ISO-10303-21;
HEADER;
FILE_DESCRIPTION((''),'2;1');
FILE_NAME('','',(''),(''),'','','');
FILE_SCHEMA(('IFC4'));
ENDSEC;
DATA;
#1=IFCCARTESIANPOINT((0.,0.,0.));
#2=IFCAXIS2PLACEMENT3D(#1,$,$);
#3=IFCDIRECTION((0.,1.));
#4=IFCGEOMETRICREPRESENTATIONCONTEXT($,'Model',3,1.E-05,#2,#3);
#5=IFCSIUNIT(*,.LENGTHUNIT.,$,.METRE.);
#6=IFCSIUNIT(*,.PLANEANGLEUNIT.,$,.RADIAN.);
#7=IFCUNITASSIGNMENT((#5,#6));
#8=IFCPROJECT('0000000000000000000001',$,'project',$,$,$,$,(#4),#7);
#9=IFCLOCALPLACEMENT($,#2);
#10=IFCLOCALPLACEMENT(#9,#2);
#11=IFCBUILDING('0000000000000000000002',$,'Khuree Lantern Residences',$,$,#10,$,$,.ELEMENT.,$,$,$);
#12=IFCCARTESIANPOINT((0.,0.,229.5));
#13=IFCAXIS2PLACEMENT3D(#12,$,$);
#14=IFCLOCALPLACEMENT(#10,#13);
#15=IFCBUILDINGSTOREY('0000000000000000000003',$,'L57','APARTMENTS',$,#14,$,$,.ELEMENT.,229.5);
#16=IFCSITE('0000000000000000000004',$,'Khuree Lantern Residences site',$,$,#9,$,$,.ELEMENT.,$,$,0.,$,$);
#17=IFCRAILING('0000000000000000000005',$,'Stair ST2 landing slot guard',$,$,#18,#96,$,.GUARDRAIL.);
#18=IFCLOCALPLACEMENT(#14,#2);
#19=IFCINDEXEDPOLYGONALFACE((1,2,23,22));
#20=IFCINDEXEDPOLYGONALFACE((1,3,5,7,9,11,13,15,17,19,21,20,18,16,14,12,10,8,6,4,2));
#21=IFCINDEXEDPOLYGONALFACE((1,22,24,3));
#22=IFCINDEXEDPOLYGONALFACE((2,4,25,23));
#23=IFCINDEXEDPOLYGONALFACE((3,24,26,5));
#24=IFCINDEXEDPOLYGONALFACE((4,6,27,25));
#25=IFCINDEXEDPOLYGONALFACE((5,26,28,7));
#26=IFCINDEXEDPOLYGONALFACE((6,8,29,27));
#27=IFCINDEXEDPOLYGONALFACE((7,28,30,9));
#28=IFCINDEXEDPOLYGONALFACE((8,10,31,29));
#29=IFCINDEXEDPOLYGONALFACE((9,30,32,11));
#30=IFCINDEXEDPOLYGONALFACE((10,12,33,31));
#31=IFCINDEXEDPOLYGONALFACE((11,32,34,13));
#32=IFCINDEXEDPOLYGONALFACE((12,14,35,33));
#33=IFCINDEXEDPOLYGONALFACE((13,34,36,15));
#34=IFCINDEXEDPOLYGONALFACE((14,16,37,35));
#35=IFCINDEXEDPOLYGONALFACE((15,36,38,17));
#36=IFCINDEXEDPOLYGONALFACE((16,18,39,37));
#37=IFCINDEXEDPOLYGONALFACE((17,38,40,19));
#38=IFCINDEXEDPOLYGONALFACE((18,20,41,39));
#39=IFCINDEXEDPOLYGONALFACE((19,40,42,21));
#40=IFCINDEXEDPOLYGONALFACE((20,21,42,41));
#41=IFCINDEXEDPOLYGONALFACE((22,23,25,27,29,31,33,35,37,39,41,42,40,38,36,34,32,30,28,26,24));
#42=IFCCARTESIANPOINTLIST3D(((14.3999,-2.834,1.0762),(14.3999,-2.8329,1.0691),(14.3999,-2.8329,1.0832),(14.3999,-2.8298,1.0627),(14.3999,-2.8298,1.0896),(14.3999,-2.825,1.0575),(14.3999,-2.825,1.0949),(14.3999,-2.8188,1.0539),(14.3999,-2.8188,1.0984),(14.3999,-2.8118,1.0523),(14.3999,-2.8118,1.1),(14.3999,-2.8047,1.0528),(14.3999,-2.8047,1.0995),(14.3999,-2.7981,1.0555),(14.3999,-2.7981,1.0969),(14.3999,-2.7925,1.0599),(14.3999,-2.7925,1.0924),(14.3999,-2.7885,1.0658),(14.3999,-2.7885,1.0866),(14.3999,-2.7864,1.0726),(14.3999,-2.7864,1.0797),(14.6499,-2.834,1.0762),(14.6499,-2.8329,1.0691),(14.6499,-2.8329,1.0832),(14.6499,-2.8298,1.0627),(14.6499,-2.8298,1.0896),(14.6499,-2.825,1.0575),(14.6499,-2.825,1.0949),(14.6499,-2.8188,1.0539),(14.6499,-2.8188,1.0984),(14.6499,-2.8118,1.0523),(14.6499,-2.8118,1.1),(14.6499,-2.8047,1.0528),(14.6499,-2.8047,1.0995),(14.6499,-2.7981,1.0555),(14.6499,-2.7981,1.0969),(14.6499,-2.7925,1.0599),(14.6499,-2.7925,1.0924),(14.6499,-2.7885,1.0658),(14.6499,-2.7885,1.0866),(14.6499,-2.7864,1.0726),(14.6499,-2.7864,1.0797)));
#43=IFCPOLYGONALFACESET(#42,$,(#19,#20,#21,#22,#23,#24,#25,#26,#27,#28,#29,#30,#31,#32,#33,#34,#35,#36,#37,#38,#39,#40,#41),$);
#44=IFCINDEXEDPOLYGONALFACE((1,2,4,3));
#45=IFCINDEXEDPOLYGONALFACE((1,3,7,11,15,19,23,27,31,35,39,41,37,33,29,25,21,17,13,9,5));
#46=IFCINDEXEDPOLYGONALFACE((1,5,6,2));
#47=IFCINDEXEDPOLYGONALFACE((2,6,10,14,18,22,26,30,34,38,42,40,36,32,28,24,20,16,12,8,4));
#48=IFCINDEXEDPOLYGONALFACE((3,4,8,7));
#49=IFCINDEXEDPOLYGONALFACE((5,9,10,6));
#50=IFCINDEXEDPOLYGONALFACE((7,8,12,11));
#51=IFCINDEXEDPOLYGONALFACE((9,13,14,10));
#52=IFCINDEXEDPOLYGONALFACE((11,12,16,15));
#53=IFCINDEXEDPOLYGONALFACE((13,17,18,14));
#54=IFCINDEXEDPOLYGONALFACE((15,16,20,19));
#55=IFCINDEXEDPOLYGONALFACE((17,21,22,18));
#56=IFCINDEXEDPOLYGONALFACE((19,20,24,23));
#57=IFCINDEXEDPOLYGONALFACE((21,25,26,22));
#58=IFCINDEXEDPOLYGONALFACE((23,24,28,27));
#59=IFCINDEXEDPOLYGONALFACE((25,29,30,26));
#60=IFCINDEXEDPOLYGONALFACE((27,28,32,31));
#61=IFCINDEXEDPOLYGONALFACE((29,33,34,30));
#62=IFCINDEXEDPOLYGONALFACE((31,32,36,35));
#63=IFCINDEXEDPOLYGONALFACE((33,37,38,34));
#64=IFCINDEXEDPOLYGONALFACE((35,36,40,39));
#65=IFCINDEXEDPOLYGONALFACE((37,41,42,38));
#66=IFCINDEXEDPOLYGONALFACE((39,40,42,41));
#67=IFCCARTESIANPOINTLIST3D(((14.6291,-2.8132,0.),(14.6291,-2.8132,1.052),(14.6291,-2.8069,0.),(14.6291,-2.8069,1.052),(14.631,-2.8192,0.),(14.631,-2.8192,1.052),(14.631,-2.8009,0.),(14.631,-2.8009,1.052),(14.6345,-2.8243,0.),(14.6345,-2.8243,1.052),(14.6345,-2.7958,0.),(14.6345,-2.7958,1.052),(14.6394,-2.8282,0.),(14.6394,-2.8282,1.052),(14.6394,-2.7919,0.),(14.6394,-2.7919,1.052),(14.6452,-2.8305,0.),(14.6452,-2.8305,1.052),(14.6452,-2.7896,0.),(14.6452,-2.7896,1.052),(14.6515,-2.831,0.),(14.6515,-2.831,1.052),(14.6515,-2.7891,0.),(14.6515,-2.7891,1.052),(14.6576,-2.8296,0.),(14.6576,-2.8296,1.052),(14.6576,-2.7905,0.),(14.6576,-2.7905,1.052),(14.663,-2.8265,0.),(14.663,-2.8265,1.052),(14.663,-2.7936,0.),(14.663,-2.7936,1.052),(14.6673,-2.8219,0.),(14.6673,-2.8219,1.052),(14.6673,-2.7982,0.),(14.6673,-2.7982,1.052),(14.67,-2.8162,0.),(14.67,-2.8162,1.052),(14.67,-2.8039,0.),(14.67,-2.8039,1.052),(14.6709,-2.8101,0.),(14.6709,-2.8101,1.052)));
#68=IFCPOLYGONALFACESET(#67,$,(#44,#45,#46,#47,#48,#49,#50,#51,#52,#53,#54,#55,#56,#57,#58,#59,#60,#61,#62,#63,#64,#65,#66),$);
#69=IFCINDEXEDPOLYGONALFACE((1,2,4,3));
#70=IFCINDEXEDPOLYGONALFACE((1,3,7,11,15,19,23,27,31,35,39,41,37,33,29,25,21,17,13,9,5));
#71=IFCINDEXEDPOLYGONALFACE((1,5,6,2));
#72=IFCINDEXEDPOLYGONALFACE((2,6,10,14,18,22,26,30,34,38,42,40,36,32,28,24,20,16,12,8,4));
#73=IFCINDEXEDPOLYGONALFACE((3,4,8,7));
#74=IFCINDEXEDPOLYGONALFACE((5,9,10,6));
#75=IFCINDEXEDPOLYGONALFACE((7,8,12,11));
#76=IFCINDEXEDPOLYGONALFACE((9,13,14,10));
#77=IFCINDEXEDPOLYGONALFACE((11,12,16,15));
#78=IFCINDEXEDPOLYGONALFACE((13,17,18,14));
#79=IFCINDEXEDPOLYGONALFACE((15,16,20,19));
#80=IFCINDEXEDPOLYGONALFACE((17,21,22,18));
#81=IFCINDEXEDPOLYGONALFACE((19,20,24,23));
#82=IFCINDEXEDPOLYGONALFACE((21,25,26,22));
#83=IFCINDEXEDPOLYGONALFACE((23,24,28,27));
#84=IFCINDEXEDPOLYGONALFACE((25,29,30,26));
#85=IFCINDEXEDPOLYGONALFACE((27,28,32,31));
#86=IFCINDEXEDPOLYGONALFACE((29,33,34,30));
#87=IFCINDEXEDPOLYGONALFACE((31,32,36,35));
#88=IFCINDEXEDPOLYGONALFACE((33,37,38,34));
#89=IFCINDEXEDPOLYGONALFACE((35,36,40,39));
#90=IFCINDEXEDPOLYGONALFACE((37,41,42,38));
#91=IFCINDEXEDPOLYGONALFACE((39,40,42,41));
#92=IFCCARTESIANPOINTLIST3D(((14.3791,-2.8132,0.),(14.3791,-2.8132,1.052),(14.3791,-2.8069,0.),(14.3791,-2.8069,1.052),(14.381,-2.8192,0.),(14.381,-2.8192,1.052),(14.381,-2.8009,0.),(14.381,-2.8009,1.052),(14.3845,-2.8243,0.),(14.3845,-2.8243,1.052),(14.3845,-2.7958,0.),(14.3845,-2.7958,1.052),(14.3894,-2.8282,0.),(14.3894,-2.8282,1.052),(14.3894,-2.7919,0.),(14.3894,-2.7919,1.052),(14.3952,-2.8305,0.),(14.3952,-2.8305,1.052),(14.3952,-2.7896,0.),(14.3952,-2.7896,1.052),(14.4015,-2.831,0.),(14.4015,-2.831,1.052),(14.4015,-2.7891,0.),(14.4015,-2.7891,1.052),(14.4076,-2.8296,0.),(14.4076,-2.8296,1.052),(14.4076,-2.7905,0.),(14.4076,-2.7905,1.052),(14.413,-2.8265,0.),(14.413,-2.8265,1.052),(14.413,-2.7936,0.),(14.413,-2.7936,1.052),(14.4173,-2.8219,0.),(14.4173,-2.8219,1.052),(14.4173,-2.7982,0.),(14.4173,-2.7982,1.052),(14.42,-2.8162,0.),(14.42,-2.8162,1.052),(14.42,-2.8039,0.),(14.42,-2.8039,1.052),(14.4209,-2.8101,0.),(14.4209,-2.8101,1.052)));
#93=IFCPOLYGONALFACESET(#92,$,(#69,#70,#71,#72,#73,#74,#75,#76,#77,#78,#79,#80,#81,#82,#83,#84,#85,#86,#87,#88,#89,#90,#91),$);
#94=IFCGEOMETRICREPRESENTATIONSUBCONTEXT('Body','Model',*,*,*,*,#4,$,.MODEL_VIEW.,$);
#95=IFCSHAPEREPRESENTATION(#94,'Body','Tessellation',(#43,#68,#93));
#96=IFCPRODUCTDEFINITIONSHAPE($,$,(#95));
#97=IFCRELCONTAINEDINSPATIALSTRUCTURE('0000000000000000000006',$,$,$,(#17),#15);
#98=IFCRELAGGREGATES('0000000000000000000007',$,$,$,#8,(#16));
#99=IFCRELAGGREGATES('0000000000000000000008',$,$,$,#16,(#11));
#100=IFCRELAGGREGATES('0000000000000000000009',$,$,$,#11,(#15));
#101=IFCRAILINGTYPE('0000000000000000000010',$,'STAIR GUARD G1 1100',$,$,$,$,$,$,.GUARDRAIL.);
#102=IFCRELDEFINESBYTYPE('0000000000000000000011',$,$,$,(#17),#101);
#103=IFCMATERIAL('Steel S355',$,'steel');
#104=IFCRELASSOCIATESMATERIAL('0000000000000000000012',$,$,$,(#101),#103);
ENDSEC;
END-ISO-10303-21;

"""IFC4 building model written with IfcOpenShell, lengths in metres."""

from ifc_helpers import new_model, si_unit, direction, frame, origin, origin_2d, place, context, subcontext, project, spatial, circle, extrude, material, type_object, element, save


model = new_model("IFC4")

# Units and contexts
model_context = context("Model", 3, precision=1e-05, world=origin(), true_north=direction((0.0, 1.0)))
body_context = subcontext(model_context, "Body", "Model", "MODEL_VIEW")
ifc_project = project(units=[si_unit("LENGTHUNIT", "METRE"), si_unit("PLANEANGLEUNIT", "RADIAN")], contexts=[model_context])

# Site, building, storey
site_placement = place(None, origin())
site = spatial("IfcSite", under=ifc_project, at=site_placement, Name="Khuree Lantern Residences site", CompositionType="ELEMENT", RefElevation=0.0)
building_placement = place(site_placement, origin())
building = spatial("IfcBuilding", under=site, at=building_placement, Name="Khuree Lantern Residences", CompositionType="ELEMENT")
storey_placement = place(building_placement, frame((0.0, 0.0, 229.5)))
storey = spatial("IfcBuildingStorey", under=building, at=storey_placement, Name="L57", Description="APARTMENTS", CompositionType="ELEMENT", Elevation=229.5)

# Railing
ifc_material_1 = material(Name="Steel S355", Category="steel")
railing_type_1 = type_object("IfcRailingType", Name="STAIR GUARD G1 1100", PredefinedType="GUARDRAIL", material=ifc_material_1)
railing_1_placement = place(storey_placement, frame((14.6499, -2.8101, 0.0)))
element("IfcRailing", 1, at=railing_1_placement, inside=storey, type_object=railing_type_1, Name="Stair ST2 landing slot guard", PredefinedType="GUARDRAIL", context=body_context, shape_type="SweptSolid", body=[
    extrude(circle(Radius=0.0239, at=origin_2d()), frame((0.0, 0.0, 1.0762), z_axis=(-1.0, 0.0, 0.0), x_axis=(0.0, -1.0, 0.0)), (0.0, 0.0, 1.0), 0.25),
    extrude(circle(Radius=0.021, at=origin_2d()), origin(), (0.0, 0.0, 1.0), 1.052),
    extrude(circle(Radius=0.021, at=origin_2d()), frame((-0.25, 0.0, 0.0)), (0.0, 0.0, 1.0), 1.052),
])

save(model, "model.ifc")
